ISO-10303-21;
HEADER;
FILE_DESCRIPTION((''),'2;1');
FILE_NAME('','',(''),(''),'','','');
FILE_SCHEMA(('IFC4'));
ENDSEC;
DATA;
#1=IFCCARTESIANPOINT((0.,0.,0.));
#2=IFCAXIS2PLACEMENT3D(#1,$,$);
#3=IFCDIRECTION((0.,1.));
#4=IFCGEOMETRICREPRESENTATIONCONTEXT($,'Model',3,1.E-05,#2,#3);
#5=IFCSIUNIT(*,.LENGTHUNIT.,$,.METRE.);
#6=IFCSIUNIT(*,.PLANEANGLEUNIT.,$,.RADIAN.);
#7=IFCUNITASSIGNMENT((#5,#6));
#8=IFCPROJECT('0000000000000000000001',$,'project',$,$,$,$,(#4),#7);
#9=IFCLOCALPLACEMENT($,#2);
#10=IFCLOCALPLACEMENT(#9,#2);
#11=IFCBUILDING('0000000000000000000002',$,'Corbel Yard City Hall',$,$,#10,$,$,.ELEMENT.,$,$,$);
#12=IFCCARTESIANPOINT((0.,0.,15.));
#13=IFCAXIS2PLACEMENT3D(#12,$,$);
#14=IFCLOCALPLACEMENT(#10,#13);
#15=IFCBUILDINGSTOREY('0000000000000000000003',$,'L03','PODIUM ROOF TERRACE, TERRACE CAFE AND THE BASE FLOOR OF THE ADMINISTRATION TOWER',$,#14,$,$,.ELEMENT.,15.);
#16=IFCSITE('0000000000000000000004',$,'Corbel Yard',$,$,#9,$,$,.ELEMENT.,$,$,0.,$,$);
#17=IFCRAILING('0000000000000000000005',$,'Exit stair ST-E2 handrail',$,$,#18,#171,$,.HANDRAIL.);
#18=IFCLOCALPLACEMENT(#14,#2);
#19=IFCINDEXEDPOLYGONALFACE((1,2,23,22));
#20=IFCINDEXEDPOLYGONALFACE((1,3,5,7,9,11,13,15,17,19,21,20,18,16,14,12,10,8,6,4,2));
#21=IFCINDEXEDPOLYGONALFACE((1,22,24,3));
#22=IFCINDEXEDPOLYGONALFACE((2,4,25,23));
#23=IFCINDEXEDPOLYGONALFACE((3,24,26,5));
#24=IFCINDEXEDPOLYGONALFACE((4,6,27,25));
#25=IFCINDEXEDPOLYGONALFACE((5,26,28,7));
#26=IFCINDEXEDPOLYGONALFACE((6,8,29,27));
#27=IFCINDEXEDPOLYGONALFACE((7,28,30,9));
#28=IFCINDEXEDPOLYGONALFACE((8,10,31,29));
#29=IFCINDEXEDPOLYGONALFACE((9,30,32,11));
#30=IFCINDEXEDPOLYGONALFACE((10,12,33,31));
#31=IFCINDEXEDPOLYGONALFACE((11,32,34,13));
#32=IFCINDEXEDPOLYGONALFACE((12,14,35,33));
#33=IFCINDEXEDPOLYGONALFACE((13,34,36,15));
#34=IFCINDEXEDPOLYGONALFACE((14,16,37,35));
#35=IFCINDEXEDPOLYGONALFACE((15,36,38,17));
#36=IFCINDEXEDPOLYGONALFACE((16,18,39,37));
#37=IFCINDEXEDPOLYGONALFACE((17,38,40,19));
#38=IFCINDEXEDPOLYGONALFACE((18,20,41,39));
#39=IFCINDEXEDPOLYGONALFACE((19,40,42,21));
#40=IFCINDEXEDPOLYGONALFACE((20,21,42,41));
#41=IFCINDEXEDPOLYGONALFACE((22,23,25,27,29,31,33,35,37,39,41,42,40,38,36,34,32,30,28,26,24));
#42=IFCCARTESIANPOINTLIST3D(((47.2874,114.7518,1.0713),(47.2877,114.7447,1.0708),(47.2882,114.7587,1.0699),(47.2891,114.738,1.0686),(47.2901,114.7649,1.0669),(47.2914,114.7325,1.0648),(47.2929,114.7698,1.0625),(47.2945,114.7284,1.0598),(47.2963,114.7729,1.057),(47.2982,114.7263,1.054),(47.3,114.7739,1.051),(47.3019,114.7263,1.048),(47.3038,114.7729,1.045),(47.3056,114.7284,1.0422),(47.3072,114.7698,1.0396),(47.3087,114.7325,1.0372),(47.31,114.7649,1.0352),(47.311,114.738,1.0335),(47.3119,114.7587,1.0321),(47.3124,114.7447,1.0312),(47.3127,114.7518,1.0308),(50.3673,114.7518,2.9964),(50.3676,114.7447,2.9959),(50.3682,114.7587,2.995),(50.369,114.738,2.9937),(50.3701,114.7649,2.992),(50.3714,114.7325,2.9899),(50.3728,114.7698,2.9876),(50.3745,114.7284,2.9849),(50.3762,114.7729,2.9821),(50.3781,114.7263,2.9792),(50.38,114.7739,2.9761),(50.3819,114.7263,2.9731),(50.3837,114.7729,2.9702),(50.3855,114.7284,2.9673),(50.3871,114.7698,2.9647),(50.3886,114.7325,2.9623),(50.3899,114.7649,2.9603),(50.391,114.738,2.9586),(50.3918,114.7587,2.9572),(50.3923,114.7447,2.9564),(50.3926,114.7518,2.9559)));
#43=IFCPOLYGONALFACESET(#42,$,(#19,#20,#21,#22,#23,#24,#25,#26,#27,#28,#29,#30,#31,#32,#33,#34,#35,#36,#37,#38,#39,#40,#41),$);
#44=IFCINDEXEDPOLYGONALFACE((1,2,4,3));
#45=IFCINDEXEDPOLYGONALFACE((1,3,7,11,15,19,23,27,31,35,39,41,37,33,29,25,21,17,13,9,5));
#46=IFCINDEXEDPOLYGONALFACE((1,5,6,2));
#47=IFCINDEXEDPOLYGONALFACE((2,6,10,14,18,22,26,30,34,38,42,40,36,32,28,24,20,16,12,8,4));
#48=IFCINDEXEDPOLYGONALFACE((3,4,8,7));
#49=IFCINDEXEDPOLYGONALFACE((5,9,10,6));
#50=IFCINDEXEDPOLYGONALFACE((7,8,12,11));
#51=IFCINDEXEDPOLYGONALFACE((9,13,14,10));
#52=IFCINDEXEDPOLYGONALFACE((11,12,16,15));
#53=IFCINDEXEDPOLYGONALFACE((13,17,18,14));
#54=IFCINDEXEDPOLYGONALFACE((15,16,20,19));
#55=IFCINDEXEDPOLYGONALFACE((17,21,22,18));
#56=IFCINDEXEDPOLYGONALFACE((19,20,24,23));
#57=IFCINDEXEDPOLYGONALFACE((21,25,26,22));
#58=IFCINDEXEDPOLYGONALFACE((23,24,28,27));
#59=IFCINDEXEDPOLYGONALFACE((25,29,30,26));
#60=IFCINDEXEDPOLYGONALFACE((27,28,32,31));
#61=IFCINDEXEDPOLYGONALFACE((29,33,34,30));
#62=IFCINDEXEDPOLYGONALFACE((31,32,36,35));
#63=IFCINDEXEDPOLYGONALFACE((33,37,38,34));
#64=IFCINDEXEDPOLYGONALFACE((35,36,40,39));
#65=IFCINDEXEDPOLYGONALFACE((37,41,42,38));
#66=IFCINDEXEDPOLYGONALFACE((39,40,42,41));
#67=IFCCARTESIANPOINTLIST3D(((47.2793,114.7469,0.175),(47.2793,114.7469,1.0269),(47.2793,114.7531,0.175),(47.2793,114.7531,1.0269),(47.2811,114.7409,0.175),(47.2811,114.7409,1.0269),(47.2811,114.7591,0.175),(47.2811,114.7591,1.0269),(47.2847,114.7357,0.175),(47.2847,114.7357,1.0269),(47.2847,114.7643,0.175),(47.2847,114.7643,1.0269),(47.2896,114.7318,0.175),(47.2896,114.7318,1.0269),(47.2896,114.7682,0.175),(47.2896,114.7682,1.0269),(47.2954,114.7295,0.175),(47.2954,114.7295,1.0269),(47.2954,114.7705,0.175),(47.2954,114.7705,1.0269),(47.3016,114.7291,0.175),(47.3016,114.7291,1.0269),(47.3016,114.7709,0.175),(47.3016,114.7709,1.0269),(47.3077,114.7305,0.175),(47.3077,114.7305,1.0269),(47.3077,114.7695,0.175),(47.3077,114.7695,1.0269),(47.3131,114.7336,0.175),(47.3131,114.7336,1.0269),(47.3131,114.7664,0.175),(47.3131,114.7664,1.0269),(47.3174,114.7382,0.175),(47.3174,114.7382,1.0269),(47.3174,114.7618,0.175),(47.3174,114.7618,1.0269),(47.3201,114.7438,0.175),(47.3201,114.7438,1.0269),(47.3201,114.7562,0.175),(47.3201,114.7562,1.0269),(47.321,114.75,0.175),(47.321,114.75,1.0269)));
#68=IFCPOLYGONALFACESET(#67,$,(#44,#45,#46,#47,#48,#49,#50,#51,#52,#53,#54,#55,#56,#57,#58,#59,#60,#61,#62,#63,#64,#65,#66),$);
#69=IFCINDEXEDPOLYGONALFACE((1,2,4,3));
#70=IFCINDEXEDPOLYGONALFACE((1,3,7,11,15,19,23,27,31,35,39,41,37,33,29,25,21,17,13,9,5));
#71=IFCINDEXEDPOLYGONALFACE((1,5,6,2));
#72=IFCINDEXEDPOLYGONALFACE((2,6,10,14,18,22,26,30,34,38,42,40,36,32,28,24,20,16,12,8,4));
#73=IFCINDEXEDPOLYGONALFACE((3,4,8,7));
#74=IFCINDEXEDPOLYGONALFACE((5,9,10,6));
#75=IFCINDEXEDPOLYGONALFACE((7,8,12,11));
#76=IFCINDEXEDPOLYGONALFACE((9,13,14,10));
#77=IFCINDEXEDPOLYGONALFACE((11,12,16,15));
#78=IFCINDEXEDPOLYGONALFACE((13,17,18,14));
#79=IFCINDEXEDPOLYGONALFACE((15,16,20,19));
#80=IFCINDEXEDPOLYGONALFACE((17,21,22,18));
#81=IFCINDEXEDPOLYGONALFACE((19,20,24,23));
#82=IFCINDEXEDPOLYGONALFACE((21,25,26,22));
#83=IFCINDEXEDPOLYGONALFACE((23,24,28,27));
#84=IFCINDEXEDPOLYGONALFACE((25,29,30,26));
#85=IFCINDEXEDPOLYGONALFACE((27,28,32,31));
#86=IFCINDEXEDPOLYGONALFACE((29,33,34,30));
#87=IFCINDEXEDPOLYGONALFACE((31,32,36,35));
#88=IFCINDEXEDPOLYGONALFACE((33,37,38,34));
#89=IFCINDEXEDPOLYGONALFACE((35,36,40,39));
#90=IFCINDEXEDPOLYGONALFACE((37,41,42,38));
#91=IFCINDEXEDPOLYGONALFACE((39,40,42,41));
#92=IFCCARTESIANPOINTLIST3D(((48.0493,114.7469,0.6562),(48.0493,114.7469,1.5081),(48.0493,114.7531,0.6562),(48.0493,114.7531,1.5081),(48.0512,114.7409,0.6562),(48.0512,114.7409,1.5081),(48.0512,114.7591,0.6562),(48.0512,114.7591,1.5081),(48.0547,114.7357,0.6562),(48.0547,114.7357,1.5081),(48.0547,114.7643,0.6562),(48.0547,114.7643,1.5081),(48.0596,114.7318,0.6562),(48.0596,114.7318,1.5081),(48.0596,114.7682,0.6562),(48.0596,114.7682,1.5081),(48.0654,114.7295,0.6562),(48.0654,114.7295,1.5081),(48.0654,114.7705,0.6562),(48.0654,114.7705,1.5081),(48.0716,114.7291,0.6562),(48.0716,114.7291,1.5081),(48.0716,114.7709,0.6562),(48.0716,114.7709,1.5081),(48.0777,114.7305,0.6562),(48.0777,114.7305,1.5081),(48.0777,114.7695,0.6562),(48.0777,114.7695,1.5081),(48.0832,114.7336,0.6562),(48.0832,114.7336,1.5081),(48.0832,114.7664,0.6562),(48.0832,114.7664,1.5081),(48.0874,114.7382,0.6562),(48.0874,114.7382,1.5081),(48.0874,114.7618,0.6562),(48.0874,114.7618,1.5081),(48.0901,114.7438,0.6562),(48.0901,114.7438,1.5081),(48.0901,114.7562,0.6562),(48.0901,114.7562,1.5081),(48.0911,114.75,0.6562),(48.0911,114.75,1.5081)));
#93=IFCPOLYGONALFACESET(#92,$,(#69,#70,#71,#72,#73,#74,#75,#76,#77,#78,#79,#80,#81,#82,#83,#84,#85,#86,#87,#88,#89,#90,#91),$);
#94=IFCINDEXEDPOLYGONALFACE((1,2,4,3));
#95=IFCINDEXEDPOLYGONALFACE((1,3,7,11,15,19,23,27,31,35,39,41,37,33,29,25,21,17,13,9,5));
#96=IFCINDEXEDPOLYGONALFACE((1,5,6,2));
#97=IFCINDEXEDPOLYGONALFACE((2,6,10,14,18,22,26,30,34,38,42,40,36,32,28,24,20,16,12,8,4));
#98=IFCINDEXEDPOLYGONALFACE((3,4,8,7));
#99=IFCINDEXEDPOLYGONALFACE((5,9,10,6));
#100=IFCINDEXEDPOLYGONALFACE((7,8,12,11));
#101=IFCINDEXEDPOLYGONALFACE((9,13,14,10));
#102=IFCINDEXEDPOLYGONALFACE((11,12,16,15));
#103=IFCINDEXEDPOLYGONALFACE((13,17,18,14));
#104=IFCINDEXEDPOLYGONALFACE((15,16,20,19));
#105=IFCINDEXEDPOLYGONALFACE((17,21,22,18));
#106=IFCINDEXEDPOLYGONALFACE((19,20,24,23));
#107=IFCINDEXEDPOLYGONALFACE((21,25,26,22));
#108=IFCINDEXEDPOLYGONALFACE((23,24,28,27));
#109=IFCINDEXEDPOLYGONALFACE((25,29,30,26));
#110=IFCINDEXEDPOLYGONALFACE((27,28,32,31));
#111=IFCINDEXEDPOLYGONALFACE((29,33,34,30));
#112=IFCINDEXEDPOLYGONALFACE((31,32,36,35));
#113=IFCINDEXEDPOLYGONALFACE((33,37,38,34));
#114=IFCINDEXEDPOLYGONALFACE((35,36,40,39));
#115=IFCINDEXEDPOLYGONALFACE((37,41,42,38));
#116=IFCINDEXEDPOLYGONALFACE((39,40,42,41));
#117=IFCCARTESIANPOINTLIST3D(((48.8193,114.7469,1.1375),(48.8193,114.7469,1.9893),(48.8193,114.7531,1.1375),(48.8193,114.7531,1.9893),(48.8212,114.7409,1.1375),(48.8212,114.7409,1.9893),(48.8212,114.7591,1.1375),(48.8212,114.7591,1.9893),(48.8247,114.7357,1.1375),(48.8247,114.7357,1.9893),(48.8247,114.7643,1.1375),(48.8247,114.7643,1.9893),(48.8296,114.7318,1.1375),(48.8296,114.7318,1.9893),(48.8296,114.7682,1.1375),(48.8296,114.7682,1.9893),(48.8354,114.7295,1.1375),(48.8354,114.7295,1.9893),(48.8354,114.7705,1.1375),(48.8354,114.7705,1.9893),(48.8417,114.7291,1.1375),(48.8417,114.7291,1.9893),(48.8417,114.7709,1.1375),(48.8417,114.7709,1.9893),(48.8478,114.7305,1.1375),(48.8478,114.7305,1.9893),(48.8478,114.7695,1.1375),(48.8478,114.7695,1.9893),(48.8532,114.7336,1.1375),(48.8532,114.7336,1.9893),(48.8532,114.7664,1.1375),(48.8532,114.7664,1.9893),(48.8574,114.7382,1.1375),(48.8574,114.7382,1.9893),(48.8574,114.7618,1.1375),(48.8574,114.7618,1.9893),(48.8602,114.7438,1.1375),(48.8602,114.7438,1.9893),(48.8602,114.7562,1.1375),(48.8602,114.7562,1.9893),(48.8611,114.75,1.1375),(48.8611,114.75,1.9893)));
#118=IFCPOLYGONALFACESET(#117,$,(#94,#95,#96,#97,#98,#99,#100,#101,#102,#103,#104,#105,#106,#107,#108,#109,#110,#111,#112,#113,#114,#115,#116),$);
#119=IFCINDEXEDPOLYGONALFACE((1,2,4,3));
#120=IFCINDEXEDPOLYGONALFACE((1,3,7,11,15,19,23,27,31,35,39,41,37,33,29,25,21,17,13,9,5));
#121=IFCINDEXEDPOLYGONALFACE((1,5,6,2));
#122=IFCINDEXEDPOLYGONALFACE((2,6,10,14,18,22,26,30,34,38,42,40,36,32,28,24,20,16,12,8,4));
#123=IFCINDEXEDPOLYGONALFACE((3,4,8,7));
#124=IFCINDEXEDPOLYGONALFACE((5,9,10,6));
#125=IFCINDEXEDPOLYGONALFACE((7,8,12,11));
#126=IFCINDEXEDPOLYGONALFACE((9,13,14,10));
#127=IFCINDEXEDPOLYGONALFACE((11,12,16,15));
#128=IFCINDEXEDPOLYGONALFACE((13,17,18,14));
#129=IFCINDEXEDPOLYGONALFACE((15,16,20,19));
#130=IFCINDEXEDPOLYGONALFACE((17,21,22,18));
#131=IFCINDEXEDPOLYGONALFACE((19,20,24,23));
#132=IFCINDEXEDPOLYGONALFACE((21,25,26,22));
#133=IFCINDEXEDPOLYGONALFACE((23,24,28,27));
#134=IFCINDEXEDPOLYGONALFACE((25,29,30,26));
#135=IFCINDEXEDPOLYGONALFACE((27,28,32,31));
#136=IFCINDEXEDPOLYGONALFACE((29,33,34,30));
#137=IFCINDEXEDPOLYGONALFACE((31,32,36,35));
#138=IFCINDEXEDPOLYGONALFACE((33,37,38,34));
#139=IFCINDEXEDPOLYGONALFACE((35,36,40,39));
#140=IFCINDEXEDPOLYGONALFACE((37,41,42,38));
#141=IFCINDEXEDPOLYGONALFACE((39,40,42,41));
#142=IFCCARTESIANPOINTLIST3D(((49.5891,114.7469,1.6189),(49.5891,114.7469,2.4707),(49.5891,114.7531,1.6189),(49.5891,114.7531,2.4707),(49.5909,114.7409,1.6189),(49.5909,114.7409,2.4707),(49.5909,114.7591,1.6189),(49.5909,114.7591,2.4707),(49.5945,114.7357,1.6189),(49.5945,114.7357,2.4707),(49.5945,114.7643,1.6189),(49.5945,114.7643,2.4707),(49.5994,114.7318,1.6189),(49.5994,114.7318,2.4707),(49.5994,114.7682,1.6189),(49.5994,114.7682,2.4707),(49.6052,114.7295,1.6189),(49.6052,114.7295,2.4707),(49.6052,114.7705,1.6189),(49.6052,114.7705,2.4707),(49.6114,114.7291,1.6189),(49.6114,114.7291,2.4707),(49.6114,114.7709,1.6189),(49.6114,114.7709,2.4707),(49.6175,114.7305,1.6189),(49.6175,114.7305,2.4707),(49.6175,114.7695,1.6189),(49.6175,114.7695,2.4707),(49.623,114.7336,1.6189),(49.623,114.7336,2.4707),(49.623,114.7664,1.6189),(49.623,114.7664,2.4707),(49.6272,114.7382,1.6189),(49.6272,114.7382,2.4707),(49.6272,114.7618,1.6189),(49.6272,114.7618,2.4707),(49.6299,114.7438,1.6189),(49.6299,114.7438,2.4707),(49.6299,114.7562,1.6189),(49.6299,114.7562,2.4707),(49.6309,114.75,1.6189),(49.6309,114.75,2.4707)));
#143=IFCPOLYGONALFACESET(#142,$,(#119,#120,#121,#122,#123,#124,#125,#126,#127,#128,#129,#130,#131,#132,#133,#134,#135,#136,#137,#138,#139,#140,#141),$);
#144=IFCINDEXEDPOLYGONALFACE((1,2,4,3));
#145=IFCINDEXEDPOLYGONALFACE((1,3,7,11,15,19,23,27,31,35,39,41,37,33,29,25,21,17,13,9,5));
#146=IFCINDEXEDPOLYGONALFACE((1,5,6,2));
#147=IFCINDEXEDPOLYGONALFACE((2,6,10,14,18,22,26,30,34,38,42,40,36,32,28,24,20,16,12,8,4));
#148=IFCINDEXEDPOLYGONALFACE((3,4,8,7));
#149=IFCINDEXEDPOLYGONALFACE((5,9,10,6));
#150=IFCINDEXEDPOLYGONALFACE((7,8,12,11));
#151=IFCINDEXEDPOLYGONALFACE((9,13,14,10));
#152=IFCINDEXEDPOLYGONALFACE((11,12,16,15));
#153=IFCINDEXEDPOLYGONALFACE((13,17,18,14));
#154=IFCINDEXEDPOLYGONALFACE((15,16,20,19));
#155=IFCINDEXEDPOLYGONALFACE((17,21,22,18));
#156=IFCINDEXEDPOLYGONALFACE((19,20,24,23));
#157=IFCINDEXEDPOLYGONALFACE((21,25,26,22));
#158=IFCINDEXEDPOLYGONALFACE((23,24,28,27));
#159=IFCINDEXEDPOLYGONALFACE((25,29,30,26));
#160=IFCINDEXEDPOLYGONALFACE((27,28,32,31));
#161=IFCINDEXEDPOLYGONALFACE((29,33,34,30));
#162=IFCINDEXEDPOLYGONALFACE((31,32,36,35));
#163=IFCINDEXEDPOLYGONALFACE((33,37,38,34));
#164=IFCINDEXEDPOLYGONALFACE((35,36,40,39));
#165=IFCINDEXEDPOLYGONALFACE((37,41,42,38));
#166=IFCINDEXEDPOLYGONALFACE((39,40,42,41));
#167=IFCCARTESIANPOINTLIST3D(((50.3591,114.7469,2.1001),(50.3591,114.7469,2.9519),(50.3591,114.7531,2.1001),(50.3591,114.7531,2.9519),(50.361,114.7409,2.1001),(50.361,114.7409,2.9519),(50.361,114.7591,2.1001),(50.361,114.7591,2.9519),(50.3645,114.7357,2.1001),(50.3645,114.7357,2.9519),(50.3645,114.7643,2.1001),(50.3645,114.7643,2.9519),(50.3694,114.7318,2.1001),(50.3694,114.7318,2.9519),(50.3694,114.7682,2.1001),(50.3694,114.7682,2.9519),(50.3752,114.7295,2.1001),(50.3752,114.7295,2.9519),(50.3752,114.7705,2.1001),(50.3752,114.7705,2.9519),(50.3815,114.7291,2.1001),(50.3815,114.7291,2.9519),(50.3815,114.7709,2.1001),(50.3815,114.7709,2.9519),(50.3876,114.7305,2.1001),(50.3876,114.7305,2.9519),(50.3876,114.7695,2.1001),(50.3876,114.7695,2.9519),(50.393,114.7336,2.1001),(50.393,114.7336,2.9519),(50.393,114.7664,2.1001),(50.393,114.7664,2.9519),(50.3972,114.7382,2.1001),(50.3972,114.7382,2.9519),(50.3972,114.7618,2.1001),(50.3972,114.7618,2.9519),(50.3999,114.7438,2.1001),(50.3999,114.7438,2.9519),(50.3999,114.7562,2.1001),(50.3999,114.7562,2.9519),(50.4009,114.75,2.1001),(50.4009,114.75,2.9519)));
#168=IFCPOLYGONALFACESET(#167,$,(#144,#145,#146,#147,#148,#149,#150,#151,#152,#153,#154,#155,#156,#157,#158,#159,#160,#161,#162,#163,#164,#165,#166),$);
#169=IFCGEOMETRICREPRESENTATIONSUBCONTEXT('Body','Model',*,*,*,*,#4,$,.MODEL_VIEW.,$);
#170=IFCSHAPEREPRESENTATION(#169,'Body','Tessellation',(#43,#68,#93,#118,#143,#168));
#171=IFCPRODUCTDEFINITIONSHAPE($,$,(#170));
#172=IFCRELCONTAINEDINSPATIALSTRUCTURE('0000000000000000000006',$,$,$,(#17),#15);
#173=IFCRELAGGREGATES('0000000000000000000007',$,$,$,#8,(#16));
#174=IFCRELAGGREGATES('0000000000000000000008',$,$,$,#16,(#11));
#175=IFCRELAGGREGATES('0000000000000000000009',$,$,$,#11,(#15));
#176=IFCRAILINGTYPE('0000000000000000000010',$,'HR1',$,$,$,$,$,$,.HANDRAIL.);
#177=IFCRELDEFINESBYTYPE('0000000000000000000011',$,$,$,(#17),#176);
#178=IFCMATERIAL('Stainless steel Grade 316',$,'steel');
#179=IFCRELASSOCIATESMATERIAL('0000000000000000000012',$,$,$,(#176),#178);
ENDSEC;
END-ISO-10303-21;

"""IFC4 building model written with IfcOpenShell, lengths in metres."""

from ifc_helpers import new_model, si_unit, direction, frame, origin, origin_2d, place, context, subcontext, project, spatial, circle, extrude, material, type_object, element, save


model = new_model("IFC4")

# Units and contexts
model_context = context("Model", 3, precision=1e-05, world=origin(), true_north=direction((0.0, 1.0)))
body_context = subcontext(model_context, "Body", "Model", "MODEL_VIEW")
ifc_project = project(units=[si_unit("LENGTHUNIT", "METRE"), si_unit("PLANEANGLEUNIT", "RADIAN")], contexts=[model_context])

# Site, building, storey
site_placement = place(None, origin())
site = spatial("IfcSite", under=ifc_project, at=site_placement, Name="Corbel Yard", CompositionType="ELEMENT", RefElevation=0.0)
building_placement = place(site_placement, origin())
building = spatial("IfcBuilding", under=site, at=building_placement, Name="Corbel Yard City Hall", CompositionType="ELEMENT")
storey_placement = place(building_placement, frame((0.0, 0.0, 15.0)))
storey = spatial("IfcBuildingStorey", under=building, at=storey_placement, Name="L03", Description="PODIUM ROOF TERRACE, TERRACE CAFE AND THE BASE FLOOR OF THE ADMINISTRATION TOWER", CompositionType="ELEMENT", Elevation=15.0)

# Shared definitions
ifc_material_1 = material(Name="Stainless steel Grade 316", Category="steel")

# Railing
railing_type = type_object("IfcRailingType", Name="HR1", PredefinedType="HANDRAIL", material=ifc_material_1)
for number, where, name in (
    (1, (47.3, 114.75, 0.175), "Exit stair ST-E2 handrail"),
):
    element("IfcRailing", number, at=place(storey_placement, frame(where)), inside=storey, type_object=railing_type, Name=name, PredefinedType="HANDRAIL", context=body_context, shape_type="SweptSolid", body=[
        extrude(circle(Radius=0.0239, at=origin_2d()), frame((0.0, 0.0, 0.876), z_axis=(0.847979, 0.0, 0.530029), x_axis=(0.0, 1.0, 0.0)), (0.0, 0.0, 1.0), 3.6321),
        extrude(circle(Radius=0.021, at=origin_2d()), origin(), (0.0, 0.0, 1.0), 0.8518),
        extrude(circle(Radius=0.021, at=origin_2d()), frame((0.77, 0.0, 0.4812)), (0.0, 0.0, 1.0), 0.8518),
        extrude(circle(Radius=0.021, at=origin_2d()), frame((1.54, 0.0, 0.9624)), (0.0, 0.0, 1.0), 0.8518),
        extrude(circle(Radius=0.021, at=origin_2d()), frame((2.3098, 0.0, 1.4438)), (0.0, 0.0, 1.0), 0.8518),
        extrude(circle(Radius=0.021, at=origin_2d()), frame((3.0798, 0.0, 1.925)), (0.0, 0.0, 1.0), 0.8518),
    ])

save(model, "model.ifc")
